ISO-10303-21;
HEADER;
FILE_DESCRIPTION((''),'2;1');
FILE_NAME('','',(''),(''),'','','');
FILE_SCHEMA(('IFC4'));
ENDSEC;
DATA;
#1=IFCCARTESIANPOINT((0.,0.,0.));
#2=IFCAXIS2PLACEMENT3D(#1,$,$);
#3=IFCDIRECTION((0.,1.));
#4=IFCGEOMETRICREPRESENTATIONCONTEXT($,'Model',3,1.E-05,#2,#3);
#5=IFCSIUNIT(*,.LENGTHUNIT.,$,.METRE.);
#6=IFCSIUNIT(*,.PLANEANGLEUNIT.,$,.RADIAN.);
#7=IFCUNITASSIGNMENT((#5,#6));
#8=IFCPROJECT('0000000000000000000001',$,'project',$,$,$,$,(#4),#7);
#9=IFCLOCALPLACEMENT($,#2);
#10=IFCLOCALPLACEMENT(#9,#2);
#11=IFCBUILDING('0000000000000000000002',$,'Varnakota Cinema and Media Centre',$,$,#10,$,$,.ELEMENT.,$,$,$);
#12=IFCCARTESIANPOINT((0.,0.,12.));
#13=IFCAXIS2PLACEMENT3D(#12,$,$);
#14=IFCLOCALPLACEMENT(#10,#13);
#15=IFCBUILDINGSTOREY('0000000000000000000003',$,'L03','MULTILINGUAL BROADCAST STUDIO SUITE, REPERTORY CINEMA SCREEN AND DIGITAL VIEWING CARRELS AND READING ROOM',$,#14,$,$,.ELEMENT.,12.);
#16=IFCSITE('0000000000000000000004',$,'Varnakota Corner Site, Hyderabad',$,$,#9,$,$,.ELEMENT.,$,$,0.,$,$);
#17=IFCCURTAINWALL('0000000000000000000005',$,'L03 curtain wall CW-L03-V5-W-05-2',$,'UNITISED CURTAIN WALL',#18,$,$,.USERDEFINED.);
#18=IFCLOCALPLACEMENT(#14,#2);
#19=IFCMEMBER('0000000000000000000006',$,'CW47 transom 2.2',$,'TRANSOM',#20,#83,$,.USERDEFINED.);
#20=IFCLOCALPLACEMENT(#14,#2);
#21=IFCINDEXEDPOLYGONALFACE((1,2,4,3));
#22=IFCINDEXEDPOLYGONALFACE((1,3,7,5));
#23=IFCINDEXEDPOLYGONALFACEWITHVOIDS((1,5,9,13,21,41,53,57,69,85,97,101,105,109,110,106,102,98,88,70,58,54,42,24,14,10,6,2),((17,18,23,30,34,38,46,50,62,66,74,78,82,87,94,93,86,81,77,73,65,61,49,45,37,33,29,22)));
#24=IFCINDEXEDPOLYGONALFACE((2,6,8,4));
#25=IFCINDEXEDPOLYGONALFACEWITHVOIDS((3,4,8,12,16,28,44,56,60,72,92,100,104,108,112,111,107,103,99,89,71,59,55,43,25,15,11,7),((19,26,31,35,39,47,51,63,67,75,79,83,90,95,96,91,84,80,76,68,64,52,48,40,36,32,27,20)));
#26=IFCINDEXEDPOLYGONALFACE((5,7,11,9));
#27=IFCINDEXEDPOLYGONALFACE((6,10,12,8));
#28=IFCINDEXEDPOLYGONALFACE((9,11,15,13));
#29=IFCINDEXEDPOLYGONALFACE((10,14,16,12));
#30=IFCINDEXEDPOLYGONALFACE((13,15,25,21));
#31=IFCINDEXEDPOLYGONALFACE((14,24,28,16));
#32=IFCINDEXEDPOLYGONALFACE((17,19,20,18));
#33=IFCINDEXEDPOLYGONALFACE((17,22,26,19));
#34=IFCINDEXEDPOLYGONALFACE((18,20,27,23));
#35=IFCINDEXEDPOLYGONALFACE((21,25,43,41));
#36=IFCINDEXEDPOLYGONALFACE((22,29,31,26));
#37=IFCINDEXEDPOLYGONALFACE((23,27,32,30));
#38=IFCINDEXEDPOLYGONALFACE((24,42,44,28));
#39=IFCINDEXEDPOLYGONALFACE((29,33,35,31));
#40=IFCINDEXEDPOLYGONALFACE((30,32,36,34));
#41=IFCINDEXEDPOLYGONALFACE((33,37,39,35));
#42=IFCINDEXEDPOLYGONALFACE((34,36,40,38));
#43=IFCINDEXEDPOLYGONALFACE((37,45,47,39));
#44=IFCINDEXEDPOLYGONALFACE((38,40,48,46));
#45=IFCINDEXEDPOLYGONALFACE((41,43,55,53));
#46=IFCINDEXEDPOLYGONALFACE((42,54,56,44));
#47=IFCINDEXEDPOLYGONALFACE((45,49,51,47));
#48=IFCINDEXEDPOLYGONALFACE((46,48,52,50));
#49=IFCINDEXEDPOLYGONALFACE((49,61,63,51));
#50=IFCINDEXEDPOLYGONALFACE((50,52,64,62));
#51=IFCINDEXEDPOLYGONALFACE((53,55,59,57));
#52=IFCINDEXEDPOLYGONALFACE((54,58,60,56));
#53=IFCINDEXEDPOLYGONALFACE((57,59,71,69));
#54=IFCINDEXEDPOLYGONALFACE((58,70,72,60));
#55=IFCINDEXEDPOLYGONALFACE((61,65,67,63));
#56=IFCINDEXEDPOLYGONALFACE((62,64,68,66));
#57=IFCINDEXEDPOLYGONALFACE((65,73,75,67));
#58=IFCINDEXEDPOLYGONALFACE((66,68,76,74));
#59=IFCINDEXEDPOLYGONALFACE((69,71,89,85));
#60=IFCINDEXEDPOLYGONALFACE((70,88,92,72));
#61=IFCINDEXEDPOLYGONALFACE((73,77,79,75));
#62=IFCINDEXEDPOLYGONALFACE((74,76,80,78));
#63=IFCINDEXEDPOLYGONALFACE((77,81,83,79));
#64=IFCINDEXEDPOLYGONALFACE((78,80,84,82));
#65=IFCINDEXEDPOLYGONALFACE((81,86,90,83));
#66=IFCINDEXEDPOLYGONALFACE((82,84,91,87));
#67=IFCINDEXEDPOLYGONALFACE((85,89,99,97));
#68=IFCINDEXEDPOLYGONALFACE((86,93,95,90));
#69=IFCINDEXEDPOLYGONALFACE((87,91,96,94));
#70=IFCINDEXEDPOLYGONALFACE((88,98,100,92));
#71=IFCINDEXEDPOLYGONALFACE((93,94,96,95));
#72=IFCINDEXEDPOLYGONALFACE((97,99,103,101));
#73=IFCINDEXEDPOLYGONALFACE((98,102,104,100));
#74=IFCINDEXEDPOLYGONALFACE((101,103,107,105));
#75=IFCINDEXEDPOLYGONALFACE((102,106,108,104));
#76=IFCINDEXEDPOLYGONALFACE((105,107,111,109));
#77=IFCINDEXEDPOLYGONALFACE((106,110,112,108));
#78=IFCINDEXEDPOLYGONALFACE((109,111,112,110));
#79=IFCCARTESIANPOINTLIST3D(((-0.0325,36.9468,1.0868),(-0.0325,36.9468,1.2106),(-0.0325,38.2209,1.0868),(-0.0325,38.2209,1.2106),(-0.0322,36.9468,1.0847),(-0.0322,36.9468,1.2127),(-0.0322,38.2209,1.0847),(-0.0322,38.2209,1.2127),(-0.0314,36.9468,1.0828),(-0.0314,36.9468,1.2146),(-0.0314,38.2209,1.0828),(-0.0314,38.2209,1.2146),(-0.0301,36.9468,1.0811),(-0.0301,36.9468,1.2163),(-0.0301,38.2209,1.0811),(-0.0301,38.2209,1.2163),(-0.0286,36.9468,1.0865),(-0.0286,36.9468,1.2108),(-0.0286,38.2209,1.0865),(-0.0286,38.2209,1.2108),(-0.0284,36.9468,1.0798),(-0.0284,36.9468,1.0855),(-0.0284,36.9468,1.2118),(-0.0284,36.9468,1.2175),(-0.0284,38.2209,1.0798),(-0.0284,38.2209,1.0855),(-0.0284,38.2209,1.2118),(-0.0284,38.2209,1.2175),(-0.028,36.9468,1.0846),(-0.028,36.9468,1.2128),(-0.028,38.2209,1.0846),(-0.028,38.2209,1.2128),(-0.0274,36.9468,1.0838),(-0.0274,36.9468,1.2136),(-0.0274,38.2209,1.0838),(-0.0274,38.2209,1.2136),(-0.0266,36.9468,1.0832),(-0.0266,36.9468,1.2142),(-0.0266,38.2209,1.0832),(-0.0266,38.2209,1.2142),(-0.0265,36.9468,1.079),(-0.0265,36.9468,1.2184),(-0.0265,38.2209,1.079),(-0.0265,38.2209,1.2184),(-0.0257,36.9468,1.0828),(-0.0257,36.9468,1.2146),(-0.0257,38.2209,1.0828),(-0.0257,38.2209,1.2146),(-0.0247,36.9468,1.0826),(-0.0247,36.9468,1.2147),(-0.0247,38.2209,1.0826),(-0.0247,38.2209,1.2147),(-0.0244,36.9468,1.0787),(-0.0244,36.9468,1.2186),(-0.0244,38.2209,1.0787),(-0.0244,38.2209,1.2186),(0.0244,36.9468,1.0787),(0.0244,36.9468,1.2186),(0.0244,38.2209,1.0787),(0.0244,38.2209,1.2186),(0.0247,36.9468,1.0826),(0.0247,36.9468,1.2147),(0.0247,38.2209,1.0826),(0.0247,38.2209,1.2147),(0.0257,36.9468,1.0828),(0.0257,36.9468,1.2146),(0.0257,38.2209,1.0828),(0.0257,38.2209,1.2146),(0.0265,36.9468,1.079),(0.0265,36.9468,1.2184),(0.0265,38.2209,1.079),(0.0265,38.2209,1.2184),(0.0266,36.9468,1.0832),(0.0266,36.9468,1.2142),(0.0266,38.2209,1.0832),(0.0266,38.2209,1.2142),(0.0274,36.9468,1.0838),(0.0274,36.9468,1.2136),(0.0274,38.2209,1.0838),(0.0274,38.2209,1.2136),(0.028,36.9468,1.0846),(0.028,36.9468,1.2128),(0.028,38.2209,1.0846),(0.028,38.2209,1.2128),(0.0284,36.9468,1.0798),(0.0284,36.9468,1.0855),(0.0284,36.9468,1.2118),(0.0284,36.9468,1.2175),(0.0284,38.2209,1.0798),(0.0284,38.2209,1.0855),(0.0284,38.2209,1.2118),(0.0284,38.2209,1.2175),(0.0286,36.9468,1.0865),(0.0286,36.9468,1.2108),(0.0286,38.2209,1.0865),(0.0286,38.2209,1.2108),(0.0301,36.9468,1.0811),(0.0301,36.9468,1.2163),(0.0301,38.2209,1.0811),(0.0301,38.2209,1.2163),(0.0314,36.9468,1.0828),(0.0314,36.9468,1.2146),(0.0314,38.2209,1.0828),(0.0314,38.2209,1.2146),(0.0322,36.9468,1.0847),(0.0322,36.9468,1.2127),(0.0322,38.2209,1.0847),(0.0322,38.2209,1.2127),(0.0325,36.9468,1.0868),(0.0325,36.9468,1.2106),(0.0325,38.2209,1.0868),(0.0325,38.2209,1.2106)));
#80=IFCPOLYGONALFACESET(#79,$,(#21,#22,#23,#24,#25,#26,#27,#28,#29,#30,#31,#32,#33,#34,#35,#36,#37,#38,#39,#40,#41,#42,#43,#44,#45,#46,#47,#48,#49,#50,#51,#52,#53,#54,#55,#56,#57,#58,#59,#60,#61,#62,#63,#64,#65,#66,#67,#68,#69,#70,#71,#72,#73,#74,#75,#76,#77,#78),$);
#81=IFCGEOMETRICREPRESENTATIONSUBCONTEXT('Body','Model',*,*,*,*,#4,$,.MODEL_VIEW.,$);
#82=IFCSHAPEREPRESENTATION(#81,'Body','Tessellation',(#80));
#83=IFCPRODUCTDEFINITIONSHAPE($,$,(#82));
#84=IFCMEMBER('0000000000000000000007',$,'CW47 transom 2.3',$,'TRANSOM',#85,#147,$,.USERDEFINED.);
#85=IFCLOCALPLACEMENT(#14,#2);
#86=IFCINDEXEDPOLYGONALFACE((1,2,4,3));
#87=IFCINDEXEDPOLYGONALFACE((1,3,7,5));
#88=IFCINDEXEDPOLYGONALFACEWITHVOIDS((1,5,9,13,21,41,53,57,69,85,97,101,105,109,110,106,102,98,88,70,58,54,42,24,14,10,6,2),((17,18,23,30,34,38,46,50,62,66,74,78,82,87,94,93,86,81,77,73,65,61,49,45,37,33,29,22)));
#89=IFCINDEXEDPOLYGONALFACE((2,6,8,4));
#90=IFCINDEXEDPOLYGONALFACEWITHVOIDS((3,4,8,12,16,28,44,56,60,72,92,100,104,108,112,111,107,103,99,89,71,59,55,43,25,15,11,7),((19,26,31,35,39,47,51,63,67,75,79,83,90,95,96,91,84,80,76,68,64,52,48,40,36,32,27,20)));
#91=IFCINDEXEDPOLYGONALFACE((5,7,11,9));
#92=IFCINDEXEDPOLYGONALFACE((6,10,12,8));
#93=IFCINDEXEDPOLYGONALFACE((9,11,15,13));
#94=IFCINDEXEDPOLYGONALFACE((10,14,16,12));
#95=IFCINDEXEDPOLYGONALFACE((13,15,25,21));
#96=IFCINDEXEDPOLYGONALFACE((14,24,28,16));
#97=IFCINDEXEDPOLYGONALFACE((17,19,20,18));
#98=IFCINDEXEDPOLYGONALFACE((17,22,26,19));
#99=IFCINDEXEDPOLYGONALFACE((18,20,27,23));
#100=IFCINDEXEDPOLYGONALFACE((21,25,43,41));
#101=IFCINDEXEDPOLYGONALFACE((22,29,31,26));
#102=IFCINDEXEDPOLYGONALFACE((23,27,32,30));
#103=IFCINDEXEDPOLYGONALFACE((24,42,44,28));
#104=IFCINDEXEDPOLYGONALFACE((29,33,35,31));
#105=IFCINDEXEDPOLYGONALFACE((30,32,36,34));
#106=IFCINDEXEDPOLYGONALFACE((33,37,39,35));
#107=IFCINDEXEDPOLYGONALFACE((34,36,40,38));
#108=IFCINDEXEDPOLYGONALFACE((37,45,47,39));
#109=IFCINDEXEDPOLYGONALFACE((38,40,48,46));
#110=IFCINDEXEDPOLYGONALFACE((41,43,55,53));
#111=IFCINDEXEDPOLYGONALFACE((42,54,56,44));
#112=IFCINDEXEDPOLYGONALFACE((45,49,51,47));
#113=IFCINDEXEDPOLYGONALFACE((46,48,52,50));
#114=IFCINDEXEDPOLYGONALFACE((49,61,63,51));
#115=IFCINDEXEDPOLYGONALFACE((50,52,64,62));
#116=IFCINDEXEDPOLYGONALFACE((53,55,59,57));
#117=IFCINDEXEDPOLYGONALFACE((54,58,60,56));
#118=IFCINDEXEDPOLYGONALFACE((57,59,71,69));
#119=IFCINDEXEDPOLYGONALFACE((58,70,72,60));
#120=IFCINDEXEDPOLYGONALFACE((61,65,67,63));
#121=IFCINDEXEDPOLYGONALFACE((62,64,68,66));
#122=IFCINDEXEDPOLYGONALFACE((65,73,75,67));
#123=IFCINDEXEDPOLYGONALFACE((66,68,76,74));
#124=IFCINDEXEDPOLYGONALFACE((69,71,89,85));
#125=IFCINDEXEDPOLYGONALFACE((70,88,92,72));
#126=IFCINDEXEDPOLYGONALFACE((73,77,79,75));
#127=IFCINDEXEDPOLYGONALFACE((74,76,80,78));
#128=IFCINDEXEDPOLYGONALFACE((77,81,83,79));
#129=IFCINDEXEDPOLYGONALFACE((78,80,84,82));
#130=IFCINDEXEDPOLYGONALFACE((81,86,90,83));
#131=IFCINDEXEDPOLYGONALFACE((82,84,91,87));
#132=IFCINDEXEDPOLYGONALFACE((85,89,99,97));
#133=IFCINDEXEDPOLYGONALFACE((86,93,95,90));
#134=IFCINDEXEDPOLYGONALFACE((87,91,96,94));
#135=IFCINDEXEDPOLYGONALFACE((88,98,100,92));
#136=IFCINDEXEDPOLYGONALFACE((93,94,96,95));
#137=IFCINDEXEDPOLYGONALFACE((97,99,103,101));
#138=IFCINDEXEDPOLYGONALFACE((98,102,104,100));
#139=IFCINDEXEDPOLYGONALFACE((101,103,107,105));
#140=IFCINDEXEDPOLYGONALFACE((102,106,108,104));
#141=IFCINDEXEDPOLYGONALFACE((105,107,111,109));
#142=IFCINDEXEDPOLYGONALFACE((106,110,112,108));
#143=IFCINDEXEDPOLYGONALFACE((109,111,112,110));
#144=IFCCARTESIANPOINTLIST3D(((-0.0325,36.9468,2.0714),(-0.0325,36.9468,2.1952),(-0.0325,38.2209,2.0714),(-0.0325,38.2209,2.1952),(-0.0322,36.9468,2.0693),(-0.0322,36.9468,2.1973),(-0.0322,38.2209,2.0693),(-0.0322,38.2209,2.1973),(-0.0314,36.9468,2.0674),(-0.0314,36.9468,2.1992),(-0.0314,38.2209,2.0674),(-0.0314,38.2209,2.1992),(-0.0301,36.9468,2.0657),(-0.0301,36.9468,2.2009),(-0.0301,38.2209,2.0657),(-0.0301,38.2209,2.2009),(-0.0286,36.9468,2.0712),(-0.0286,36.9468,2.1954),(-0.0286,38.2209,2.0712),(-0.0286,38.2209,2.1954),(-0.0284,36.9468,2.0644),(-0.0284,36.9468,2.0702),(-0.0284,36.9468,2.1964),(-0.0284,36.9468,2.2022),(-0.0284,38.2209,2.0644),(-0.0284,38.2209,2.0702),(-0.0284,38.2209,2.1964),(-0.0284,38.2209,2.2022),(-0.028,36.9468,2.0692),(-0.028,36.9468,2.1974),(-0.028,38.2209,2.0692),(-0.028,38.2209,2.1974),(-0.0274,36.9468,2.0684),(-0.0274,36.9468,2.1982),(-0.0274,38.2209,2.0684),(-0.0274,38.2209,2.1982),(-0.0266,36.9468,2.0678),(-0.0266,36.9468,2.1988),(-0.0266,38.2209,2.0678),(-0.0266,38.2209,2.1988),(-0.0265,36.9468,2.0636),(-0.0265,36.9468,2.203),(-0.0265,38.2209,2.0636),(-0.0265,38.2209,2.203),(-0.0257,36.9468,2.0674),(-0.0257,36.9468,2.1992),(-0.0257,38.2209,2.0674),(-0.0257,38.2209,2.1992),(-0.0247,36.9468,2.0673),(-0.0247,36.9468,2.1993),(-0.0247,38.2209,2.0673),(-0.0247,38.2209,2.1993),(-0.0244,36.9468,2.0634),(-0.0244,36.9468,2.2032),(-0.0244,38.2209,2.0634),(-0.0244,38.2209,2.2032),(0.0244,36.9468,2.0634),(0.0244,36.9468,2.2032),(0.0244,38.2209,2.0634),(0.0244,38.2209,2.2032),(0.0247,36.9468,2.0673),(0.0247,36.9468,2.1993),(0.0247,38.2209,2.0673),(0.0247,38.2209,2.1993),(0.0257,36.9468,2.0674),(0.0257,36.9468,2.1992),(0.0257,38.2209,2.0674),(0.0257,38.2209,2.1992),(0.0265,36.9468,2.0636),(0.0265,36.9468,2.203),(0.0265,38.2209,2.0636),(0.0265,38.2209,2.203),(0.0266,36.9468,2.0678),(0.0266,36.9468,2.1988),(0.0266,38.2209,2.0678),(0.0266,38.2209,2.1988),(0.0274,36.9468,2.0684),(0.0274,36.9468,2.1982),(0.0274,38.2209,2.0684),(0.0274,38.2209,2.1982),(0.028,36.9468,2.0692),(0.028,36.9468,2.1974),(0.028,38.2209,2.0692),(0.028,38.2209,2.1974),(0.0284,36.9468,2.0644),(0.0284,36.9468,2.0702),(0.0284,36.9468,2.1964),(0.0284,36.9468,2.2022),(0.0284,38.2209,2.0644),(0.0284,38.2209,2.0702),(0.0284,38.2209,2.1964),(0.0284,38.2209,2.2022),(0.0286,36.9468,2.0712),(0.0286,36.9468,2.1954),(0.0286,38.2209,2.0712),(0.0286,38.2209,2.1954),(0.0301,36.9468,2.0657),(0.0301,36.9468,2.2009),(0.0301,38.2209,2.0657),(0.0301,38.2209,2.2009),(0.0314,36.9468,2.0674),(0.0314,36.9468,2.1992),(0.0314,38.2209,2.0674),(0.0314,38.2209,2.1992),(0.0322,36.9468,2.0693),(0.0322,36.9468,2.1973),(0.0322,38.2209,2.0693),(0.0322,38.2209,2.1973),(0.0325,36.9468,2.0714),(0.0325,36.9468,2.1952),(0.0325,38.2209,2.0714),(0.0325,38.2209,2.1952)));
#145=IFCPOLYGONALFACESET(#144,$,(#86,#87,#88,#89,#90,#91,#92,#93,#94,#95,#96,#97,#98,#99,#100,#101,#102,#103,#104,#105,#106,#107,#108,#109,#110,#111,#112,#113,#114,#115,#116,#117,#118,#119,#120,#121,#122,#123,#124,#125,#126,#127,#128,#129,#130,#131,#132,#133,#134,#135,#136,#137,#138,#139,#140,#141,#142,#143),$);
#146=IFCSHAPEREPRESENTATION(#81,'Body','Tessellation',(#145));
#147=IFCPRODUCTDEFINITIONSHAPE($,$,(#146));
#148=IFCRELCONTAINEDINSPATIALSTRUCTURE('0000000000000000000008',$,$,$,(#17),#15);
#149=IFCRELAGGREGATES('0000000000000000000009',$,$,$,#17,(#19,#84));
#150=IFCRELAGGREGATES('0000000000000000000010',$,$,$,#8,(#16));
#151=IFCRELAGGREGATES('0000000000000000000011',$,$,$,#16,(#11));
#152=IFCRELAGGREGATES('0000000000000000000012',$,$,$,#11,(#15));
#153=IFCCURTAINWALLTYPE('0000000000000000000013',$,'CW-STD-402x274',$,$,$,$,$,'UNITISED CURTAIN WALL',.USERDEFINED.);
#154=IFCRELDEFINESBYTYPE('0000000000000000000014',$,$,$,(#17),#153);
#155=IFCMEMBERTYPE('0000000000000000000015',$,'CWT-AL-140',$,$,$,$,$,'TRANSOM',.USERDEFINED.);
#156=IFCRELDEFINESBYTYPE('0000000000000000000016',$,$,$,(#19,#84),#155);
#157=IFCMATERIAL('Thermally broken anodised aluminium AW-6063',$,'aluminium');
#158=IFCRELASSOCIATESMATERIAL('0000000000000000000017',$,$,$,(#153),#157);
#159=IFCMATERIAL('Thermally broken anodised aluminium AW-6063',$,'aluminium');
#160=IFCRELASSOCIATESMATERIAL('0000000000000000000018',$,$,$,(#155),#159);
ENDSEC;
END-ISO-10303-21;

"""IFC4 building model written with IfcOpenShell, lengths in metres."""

from ifc_helpers import new_model, si_unit, direction, frame, origin, origin_2d, place, context, subcontext, project, spatial, hollow_rectangle, extrude, material, material_profile, profile_set, type_object, element, aggregate, save


model = new_model("IFC4")

# Units and contexts
model_context = context("Model", 3, precision=1e-05, world=origin(), true_north=direction((0.0, 1.0)))
body_context = subcontext(model_context, "Body", "Model", "MODEL_VIEW")
ifc_project = project(units=[si_unit("LENGTHUNIT", "METRE"), si_unit("PLANEANGLEUNIT", "RADIAN")], contexts=[model_context])

# Site, building, storey
site_placement = place(None, origin())
site = spatial("IfcSite", under=ifc_project, at=site_placement, Name="Varnakota Corner Site, Hyderabad", CompositionType="ELEMENT", RefElevation=0.0)
building_placement = place(site_placement, origin())
building = spatial("IfcBuilding", under=site, at=building_placement, Name="Varnakota Cinema and Media Centre", CompositionType="ELEMENT")
storey_placement = place(building_placement, frame((0.0, 0.0, 12.0)))
storey = spatial("IfcBuildingStorey", under=building, at=storey_placement, Name="L03", Description="MULTILINGUAL BROADCAST STUDIO SUITE, REPERTORY CINEMA SCREEN AND DIGITAL VIEWING CARRELS AND READING ROOM", CompositionType="ELEMENT", Elevation=12.0)

# Curtain wall, members
ifc_material_1 = material(Name="Thermally broken anodised aluminium AW-6063", Category="aluminium")
curtain_wall_type = type_object("IfcCurtainWallType", Name="CW-STD-402x274", ElementType="UNITISED CURTAIN WALL", PredefinedType="USERDEFINED", material=ifc_material_1)
curtain_wall_placement = place(storey_placement, origin())
curtain_wall = element("IfcCurtainWall", 1, at=curtain_wall_placement, inside=storey, type_object=curtain_wall_type, Name="L03 curtain wall CW-L03-V5-W-05-2", ObjectType="UNITISED CURTAIN WALL", PredefinedType="USERDEFINED")
ifc_material_2 = material(Name="Thermally broken anodised aluminium AW-6063", Category="aluminium")
ifc_material_profile_1 = material_profile(ifc_material_2, hollow_rectangle(XDim=0.0649, YDim=0.1399, WallThickness=0.0039, InnerFilletRadius=0.0039, OuterFilletRadius=0.0081, at=origin_2d()), Name="AL-TRANSOM 140x65x4")
ifc_profile_set_1 = profile_set([ifc_material_profile_1], Name="Thermally broken anodised aluminium AW-6063")
member_type_1 = type_object("IfcMemberType", Name="CWT-AL-140", ElementType="TRANSOM", PredefinedType="USERDEFINED", material=ifc_profile_set_1)
member_1_placement = place(storey_placement, frame((0.0, 38.2209, 1.1487), z_axis=(0.0, -1.0, 0.0), x_axis=(1.0, 0.0, 0.0)))
member_1 = element("IfcMember", 2, at=member_1_placement, type_object=member_type_1, Name="CW47 transom 2.2", ObjectType="TRANSOM", PredefinedType="USERDEFINED", context=body_context, shape_type="SweptSolid", body=[
    extrude(hollow_rectangle(XDim=0.0649, YDim=0.1399, WallThickness=0.0039, InnerFilletRadius=0.0039, OuterFilletRadius=0.0081, at=origin_2d()), origin(), (0.0, 0.0, 1.0), 1.2742),
])
member_2_placement = place(storey_placement, frame((0.0, 38.2209, 2.1333), z_axis=(0.0, -1.0, 0.0), x_axis=(1.0, 0.0, 0.0)))
member_2 = element("IfcMember", 3, at=member_2_placement, type_object=member_type_1, Name="CW47 transom 2.3", ObjectType="TRANSOM", PredefinedType="USERDEFINED", context=body_context, shape_type="SweptSolid", body=[
    extrude(hollow_rectangle(XDim=0.0649, YDim=0.1399, WallThickness=0.0039, InnerFilletRadius=0.0039, OuterFilletRadius=0.0081, at=origin_2d()), origin(), (0.0, 0.0, 1.0), 1.2742),
])
aggregate(curtain_wall, [member_1, member_2])

save(model, "model.ifc")
